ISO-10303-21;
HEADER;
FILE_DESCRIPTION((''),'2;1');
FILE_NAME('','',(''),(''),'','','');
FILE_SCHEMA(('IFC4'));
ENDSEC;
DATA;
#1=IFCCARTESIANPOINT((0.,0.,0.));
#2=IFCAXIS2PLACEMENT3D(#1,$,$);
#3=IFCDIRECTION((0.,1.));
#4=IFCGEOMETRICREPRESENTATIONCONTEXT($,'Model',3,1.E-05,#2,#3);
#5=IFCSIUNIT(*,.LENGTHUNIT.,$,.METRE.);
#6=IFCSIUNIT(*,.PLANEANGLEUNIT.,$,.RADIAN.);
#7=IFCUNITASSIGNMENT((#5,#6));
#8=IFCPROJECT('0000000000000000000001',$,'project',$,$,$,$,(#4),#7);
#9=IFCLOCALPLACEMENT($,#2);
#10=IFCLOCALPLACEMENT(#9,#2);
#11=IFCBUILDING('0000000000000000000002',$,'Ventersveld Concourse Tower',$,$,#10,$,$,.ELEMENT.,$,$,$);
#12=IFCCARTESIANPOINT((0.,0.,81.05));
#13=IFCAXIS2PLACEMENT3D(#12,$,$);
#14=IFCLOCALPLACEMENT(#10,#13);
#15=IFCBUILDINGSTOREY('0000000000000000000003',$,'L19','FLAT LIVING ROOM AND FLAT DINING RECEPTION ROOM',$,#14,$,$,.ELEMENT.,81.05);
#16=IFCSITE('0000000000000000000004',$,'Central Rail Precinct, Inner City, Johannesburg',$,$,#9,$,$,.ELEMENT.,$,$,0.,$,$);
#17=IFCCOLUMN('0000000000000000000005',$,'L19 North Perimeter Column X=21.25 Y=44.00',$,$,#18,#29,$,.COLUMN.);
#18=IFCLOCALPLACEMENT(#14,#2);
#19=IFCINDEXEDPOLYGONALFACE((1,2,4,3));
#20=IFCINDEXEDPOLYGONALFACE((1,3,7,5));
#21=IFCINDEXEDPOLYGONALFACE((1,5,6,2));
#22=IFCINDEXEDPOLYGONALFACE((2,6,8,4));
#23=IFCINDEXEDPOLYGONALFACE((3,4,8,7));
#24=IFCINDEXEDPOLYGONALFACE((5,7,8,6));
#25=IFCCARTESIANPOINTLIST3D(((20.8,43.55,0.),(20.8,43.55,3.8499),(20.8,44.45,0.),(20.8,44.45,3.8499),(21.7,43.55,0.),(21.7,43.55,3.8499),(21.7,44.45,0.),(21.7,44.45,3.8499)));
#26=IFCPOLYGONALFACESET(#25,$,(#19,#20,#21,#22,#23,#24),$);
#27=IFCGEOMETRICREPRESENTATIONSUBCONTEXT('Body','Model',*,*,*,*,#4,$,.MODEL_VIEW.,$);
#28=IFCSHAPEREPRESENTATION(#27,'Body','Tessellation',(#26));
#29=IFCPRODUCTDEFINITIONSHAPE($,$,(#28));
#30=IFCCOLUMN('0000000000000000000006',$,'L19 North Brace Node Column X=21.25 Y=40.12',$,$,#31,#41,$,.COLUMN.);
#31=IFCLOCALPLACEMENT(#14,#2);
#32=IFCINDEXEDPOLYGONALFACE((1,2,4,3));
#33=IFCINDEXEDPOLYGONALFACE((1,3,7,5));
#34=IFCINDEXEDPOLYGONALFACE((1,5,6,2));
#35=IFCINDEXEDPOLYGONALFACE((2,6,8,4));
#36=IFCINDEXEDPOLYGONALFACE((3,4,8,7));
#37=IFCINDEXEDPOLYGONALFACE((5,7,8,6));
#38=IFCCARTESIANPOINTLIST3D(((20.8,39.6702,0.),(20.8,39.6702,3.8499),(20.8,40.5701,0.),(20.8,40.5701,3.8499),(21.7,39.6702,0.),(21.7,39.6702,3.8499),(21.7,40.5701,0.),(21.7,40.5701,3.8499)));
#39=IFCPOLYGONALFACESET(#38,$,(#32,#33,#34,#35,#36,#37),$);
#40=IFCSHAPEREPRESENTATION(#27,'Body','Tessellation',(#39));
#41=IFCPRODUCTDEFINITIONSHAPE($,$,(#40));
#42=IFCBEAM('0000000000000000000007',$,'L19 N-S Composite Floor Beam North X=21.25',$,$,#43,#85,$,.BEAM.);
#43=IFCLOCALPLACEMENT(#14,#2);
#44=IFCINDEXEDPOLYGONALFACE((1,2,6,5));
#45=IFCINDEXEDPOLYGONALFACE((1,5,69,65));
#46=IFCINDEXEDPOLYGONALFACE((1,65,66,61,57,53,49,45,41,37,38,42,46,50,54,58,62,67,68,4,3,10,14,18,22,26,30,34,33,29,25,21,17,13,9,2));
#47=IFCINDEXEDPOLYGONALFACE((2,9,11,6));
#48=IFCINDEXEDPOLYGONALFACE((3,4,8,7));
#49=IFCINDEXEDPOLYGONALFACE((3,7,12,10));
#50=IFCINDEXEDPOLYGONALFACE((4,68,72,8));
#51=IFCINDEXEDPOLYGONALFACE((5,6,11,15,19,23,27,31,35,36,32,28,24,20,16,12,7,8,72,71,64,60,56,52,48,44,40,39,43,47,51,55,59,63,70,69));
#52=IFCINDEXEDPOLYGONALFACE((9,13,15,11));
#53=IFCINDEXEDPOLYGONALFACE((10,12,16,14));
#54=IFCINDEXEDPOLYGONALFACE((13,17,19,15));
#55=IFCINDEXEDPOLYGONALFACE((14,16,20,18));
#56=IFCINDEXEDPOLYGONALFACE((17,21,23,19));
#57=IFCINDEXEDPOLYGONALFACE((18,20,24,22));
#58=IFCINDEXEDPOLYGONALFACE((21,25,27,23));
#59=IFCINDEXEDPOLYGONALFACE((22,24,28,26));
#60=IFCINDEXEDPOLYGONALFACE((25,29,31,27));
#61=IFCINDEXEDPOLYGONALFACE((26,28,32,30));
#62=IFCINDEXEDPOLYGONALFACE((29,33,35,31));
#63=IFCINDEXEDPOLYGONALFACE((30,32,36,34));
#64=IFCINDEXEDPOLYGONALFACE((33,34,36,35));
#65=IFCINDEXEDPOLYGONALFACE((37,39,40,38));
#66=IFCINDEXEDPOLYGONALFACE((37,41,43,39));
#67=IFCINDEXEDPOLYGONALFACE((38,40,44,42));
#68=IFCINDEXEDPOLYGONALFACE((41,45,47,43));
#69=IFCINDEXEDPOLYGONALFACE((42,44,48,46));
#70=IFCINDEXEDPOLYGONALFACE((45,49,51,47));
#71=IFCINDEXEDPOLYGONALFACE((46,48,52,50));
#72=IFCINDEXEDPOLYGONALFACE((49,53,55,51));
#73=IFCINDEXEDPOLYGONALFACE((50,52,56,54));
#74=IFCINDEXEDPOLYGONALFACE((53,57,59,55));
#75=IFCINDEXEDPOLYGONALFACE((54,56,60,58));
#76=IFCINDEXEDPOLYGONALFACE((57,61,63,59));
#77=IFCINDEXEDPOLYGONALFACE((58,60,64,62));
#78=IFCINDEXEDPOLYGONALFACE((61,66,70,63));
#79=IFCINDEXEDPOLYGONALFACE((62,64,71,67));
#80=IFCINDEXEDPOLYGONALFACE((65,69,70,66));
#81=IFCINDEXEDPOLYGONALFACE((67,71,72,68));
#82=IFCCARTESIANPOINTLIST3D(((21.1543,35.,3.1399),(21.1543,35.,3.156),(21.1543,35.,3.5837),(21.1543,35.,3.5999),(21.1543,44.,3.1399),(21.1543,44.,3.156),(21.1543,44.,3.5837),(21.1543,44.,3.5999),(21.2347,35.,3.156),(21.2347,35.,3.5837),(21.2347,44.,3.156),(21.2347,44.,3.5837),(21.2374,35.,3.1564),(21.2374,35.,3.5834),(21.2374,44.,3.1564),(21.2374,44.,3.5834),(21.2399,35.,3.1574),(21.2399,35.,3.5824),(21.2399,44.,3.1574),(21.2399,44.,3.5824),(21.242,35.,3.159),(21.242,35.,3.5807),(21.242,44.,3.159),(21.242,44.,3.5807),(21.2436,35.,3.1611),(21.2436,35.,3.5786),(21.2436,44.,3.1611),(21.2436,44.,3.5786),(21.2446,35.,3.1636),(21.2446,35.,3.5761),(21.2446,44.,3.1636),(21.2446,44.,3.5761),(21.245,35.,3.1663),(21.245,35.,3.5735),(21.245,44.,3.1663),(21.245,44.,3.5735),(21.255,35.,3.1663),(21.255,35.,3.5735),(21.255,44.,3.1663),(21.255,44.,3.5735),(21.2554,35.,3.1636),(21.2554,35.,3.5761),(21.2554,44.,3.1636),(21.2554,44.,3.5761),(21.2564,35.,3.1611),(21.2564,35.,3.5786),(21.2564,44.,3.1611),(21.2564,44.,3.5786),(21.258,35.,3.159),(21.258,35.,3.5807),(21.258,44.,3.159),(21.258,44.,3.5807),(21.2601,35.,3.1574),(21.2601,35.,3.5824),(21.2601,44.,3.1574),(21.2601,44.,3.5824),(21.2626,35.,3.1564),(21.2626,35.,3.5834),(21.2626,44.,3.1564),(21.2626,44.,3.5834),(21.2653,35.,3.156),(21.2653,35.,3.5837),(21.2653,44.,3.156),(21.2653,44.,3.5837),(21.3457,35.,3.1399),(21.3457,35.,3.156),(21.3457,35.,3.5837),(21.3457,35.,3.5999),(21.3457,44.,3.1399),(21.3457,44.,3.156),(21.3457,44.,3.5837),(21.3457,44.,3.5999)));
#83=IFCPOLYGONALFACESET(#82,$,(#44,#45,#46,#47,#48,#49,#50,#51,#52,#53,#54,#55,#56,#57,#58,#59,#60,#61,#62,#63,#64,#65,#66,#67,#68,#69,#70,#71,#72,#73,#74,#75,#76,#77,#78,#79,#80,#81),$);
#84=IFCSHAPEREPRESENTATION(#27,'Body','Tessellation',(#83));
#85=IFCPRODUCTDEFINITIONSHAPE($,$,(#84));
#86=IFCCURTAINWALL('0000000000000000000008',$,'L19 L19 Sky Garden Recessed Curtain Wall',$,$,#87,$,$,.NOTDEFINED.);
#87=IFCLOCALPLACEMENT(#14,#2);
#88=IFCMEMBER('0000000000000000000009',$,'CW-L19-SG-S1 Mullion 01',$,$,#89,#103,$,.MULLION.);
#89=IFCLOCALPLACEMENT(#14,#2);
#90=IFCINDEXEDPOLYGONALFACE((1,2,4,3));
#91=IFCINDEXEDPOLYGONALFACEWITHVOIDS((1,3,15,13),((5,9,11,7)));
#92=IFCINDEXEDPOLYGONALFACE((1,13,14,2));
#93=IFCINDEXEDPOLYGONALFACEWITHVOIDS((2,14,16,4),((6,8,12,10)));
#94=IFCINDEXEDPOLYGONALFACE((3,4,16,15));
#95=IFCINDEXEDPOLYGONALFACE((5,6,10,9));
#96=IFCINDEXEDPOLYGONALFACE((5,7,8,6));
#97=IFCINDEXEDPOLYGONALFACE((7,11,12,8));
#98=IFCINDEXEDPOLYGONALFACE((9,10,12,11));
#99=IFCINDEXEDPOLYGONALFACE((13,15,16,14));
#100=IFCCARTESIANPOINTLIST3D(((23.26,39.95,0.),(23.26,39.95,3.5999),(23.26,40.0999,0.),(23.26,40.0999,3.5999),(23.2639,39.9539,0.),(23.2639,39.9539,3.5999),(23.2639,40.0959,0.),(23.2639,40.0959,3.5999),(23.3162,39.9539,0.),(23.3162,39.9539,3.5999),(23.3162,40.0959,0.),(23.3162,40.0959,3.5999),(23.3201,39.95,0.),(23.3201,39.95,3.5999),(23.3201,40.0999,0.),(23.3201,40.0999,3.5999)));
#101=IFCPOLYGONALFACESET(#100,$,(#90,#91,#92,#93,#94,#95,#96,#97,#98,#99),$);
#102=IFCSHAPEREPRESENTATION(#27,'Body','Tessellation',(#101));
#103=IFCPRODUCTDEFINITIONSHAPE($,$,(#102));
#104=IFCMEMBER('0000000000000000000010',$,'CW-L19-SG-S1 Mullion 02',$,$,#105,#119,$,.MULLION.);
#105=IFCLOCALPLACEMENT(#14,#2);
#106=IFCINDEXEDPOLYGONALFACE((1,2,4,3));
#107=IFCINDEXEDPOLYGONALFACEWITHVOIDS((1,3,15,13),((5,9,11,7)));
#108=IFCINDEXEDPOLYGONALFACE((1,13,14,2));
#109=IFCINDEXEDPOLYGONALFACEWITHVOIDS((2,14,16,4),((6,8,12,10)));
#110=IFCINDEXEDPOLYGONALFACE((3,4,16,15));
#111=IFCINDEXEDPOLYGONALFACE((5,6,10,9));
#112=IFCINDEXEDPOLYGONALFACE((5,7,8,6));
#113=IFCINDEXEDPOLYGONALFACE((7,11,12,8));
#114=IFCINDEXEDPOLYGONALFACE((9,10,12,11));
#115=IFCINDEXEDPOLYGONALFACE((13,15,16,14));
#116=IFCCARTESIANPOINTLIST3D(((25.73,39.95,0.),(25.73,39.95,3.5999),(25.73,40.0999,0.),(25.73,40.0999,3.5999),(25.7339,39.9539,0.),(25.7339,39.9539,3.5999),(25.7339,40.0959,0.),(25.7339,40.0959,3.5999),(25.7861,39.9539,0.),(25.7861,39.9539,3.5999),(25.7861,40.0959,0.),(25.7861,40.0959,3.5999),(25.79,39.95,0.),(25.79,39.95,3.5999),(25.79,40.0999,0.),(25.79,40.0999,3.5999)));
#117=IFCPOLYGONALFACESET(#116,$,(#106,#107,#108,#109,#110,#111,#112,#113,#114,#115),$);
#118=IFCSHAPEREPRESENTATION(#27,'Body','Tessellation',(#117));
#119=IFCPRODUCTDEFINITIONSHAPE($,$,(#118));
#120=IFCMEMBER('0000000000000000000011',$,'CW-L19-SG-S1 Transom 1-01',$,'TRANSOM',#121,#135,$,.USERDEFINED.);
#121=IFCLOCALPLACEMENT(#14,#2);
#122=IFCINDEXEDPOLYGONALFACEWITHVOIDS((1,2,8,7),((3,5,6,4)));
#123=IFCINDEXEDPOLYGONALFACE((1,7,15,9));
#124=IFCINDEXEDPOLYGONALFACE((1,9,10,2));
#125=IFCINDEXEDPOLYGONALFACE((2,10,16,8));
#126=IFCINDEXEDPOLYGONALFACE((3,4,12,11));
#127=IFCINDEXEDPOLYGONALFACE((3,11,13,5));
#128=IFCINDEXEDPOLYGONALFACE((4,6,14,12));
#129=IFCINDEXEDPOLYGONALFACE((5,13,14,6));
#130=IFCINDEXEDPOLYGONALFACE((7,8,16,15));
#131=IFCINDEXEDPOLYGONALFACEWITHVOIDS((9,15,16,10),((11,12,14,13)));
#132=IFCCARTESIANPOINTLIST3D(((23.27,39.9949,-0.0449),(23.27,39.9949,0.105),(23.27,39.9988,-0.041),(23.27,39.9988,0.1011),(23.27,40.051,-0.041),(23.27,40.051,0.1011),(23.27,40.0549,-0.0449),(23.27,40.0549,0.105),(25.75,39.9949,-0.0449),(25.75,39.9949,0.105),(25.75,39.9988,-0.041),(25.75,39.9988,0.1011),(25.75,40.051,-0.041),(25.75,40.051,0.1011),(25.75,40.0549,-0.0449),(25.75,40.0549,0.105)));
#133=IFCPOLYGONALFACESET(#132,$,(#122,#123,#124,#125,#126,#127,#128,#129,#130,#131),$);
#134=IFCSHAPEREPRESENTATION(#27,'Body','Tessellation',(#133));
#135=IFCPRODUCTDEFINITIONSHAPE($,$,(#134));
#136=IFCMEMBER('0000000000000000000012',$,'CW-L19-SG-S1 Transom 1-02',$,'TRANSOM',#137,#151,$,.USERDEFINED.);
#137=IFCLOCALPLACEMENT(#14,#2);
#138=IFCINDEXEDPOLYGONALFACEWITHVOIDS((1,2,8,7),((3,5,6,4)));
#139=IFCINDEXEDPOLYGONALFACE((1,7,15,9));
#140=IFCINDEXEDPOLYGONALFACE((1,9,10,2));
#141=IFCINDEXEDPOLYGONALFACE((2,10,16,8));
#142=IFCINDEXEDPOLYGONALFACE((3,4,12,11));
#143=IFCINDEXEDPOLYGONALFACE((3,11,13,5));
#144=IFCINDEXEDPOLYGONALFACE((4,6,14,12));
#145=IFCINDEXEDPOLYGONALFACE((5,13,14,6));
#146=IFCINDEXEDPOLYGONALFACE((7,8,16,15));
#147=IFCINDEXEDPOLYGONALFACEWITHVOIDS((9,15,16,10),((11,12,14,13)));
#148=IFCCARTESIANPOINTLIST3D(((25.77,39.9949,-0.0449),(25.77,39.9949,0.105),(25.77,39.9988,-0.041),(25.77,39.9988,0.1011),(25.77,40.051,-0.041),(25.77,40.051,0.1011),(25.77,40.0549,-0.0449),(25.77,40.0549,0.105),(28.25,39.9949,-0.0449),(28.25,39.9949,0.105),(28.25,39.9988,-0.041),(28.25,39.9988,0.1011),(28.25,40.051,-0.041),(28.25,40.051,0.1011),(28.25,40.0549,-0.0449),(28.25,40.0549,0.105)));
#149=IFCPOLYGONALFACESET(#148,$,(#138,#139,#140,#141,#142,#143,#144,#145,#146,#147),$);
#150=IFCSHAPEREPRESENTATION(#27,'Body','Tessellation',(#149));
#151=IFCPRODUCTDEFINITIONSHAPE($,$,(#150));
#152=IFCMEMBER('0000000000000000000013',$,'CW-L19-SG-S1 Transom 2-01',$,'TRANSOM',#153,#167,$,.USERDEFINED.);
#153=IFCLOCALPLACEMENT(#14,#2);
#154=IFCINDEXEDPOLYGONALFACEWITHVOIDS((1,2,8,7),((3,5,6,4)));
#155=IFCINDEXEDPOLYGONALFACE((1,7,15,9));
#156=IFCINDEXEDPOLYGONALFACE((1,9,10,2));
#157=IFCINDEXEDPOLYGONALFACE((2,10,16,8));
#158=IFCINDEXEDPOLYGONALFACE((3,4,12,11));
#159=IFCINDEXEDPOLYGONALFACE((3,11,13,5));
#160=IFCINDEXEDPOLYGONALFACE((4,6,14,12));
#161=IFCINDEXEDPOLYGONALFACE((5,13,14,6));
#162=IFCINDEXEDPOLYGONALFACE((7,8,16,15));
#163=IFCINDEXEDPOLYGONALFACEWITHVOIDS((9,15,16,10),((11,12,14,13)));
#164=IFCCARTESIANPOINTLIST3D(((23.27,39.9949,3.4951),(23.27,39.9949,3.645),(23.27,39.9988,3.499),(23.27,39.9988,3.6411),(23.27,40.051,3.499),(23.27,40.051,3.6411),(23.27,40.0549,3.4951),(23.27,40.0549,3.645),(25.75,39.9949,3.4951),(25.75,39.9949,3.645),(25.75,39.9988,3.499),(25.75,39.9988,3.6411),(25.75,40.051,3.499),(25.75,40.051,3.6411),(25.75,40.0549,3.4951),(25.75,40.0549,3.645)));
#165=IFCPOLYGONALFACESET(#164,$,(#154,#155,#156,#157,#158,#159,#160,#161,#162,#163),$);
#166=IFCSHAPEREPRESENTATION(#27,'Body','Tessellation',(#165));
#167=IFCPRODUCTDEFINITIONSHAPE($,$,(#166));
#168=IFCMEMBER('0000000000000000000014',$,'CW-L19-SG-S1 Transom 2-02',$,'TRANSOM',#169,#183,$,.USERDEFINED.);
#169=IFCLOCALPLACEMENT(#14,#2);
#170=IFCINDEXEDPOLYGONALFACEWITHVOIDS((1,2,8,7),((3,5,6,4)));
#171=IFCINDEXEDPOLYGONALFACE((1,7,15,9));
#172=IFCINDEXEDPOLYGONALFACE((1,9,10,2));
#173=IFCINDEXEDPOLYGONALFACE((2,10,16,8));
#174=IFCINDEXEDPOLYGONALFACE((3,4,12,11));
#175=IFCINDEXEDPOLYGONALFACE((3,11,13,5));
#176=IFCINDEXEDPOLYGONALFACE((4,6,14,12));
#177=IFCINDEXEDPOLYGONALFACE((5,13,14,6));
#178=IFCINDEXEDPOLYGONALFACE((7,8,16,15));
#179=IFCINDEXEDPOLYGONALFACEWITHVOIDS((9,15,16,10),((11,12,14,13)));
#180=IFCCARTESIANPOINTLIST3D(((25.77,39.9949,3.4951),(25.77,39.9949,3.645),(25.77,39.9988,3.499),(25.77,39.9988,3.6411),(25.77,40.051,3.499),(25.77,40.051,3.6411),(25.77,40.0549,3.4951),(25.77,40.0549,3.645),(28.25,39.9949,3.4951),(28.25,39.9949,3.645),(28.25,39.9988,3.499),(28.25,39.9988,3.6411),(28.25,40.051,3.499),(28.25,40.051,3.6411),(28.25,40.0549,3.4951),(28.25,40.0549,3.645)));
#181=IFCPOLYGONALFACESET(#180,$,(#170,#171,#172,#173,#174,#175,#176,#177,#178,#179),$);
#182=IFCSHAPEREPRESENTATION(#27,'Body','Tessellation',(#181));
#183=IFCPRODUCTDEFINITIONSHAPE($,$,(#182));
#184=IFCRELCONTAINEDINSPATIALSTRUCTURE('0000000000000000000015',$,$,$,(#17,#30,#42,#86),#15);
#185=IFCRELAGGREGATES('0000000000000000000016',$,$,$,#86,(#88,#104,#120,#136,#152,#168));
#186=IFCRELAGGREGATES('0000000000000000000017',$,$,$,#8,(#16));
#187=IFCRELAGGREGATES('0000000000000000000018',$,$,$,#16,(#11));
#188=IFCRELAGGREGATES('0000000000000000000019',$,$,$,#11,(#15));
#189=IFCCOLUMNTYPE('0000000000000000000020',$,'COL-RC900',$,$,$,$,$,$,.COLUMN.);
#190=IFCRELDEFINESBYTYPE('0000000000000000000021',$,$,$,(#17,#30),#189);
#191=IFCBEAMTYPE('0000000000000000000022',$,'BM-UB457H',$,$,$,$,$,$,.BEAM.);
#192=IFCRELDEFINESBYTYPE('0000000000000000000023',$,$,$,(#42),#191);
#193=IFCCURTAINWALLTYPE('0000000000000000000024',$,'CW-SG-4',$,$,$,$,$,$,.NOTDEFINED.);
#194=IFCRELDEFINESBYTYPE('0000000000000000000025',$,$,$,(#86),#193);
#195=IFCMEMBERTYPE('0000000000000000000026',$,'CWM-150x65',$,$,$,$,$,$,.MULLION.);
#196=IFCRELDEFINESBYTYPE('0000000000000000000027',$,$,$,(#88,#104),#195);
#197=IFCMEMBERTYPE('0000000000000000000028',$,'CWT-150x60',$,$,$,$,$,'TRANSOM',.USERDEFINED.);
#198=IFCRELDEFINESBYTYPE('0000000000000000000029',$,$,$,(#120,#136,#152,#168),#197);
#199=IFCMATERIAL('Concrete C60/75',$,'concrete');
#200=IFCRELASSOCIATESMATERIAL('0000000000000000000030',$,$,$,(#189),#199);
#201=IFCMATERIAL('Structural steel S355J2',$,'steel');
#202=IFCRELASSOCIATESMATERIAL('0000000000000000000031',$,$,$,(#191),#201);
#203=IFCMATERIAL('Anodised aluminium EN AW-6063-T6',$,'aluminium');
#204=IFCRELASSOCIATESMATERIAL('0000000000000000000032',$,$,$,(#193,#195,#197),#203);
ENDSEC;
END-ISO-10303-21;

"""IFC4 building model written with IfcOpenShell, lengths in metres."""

from ifc_helpers import new_model, si_unit, direction, frame, origin, origin_2d, place, context, subcontext, project, spatial, rectangle, hollow_rectangle, i_section, extrude, material, material_profile, profile_set, type_object, element, aggregate, save


model = new_model("IFC4")

# Units and contexts
model_context = context("Model", 3, precision=1e-05, world=origin(), true_north=direction((0.0, 1.0)))
body_context = subcontext(model_context, "Body", "Model", "MODEL_VIEW")
ifc_project = project(units=[si_unit("LENGTHUNIT", "METRE"), si_unit("PLANEANGLEUNIT", "RADIAN")], contexts=[model_context])

# Site, building, storey
site_placement = place(None, origin())
site = spatial("IfcSite", under=ifc_project, at=site_placement, Name="Central Rail Precinct, Inner City, Johannesburg", CompositionType="ELEMENT", RefElevation=0.0)
building_placement = place(site_placement, origin())
building = spatial("IfcBuilding", under=site, at=building_placement, Name="Ventersveld Concourse Tower", CompositionType="ELEMENT")
storey_placement = place(building_placement, frame((0.0, 0.0, 81.05)))
storey = spatial("IfcBuildingStorey", under=building, at=storey_placement, Name="L19", Description="FLAT LIVING ROOM AND FLAT DINING RECEPTION ROOM", CompositionType="ELEMENT", Elevation=81.05)

# Columns
ifc_material_1 = material(Name="Concrete C60/75", Category="concrete")
ifc_material_profile_1 = material_profile(ifc_material_1, rectangle(XDim=0.8999, YDim=0.8999, at=origin_2d()), Name="RC 900x900")
ifc_profile_set_1 = profile_set([ifc_material_profile_1], Name="Concrete C60/75")
column_type = type_object("IfcColumnType", Name="COL-RC900", PredefinedType="COLUMN", material=ifc_profile_set_1)
for number, where, z_axis, x_axis, name in (
    (1, (21.25, 44.0, 0.0), (0.0, 0.0, 1.0), (1.0, 0.0, 0.0), "L19 North Perimeter Column X=21.25 Y=44.00"),
    (2, (21.25, 40.1201, 0.0), (0.0, 0.0, 1.0), (1.0, 0.0, 0.0), "L19 North Brace Node Column X=21.25 Y=40.12"),
):
    element("IfcColumn", number, at=place(storey_placement, frame(where, z_axis=z_axis, x_axis=x_axis)), inside=storey, type_object=column_type, Name=name, PredefinedType="COLUMN", context=body_context, shape_type="SweptSolid", body=[
        extrude(rectangle(XDim=0.8999, YDim=0.8999, at=origin_2d()), origin(), (0.0, 0.0, 1.0), 3.8499),
    ])

# Beam
ifc_material_2 = material(Name="Structural steel S355J2", Category="steel")
ifc_material_profile_2 = material_profile(ifc_material_2, i_section(OverallWidth=0.1914, OverallDepth=0.46, WebThickness=0.01, FlangeThickness=0.0161, FilletRadius=0.0103, at=origin_2d()), Name="UB 457x191x82")
ifc_profile_set_2 = profile_set([ifc_material_profile_2], Name="Structural steel S355J2")
beam_type_1 = type_object("IfcBeamType", Name="BM-UB457H", PredefinedType="BEAM", material=ifc_profile_set_2)
beam_1_placement = place(storey_placement, frame((21.25, 35.0, 3.3699), z_axis=(0.0, 1.0, 0.0), x_axis=(-1.0, 0.0, 0.0)))
element("IfcBeam", 3, at=beam_1_placement, inside=storey, type_object=beam_type_1, Name="L19 N-S Composite Floor Beam North X=21.25", PredefinedType="BEAM", context=body_context, shape_type="SweptSolid", body=[
    extrude(i_section(OverallWidth=0.1914, OverallDepth=0.46, WebThickness=0.01, FlangeThickness=0.0161, FilletRadius=0.0103, at=origin_2d()), origin(), (0.0, 0.0, 1.0), 9.0),
])

# Curtain wall, members
ifc_material_3 = material(Name="Anodised aluminium EN AW-6063-T6", Category="aluminium")
curtain_wall_type = type_object("IfcCurtainWallType", Name="CW-SG-4", PredefinedType="NOTDEFINED", material=ifc_material_3)
curtain_wall_placement = place(storey_placement, origin())
curtain_wall = element("IfcCurtainWall", 4, at=curtain_wall_placement, inside=storey, type_object=curtain_wall_type, Name="L19 L19 Sky Garden Recessed Curtain Wall", PredefinedType="NOTDEFINED")
ifc_material_profile_3 = material_profile(ifc_material_3, hollow_rectangle(XDim=0.0601, YDim=0.1499, WallThickness=0.0039, at=origin_2d()), Name="ALU 150x60x4")
ifc_profile_set_3 = profile_set([ifc_material_profile_3], Name="Anodised aluminium EN AW-6063-T6")
member_type_1 = type_object("IfcMemberType", Name="CWM-150x65", PredefinedType="MULLION", material=ifc_profile_set_3)
member_1_placement = place(storey_placement, frame((23.29, 40.0249, 0.0), z_axis=(0.0, 0.0, 1.0), x_axis=(1.0, 0.0, 0.0)))
member_1 = element("IfcMember", 5, at=member_1_placement, type_object=member_type_1, Name="CW-L19-SG-S1 Mullion 01", PredefinedType="MULLION", context=body_context, shape_type="SweptSolid", body=[
    extrude(hollow_rectangle(XDim=0.0601, YDim=0.1499, WallThickness=0.0039, at=origin_2d()), origin(), (0.0, 0.0, 1.0), 3.5999),
])
member_2_placement = place(storey_placement, frame((25.76, 40.0249, 0.0), z_axis=(0.0, 0.0, 1.0), x_axis=(1.0, 0.0, 0.0)))
member_2 = element("IfcMember", 6, at=member_2_placement, type_object=member_type_1, Name="CW-L19-SG-S1 Mullion 02", PredefinedType="MULLION", context=body_context, shape_type="SweptSolid", body=[
    extrude(hollow_rectangle(XDim=0.0601, YDim=0.1499, WallThickness=0.0039, at=origin_2d()), origin(), (0.0, 0.0, 1.0), 3.5999),
])
ifc_material_profile_4 = material_profile(ifc_material_3, hollow_rectangle(XDim=0.0601, YDim=0.1499, WallThickness=0.0039, at=origin_2d()), Name="ALU 150x60x4")
ifc_profile_set_4 = profile_set([ifc_material_profile_4], Name="Anodised aluminium EN AW-6063-T6")
member_type_2 = type_object("IfcMemberType", Name="CWT-150x60", ElementType="TRANSOM", PredefinedType="USERDEFINED", material=ifc_profile_set_4)
member_3_placement = place(storey_placement, frame((23.27, 40.0249, 0.03), z_axis=(1.0, 0.0, 0.0), x_axis=(0.0, 1.0, 0.0)))
member_3 = element("IfcMember", 7, at=member_3_placement, type_object=member_type_2, Name="CW-L19-SG-S1 Transom 1-01", ObjectType="TRANSOM", PredefinedType="USERDEFINED", context=body_context, shape_type="SweptSolid", body=[
    extrude(hollow_rectangle(XDim=0.0601, YDim=0.1499, WallThickness=0.0039, at=origin_2d()), origin(), (0.0, 0.0, 1.0), 2.48),
])
member_4_placement = place(storey_placement, frame((25.77, 40.0249, 0.03), z_axis=(1.0, 0.0, 0.0), x_axis=(0.0, 1.0, 0.0)))
member_4 = element("IfcMember", 8, at=member_4_placement, type_object=member_type_2, Name="CW-L19-SG-S1 Transom 1-02", ObjectType="TRANSOM", PredefinedType="USERDEFINED", context=body_context, shape_type="SweptSolid", body=[
    extrude(hollow_rectangle(XDim=0.0601, YDim=0.1499, WallThickness=0.0039, at=origin_2d()), origin(), (0.0, 0.0, 1.0), 2.48),
])
member_5_placement = place(storey_placement, frame((23.27, 40.0249, 3.5701), z_axis=(1.0, 0.0, 0.0), x_axis=(0.0, 1.0, 0.0)))
member_5 = element("IfcMember", 9, at=member_5_placement, type_object=member_type_2, Name="CW-L19-SG-S1 Transom 2-01", ObjectType="TRANSOM", PredefinedType="USERDEFINED", context=body_context, shape_type="SweptSolid", body=[
    extrude(hollow_rectangle(XDim=0.0601, YDim=0.1499, WallThickness=0.0039, at=origin_2d()), origin(), (0.0, 0.0, 1.0), 2.48),
])
member_6_placement = place(storey_placement, frame((25.77, 40.0249, 3.5701), z_axis=(1.0, 0.0, 0.0), x_axis=(0.0, 1.0, 0.0)))
member_6 = element("IfcMember", 10, at=member_6_placement, type_object=member_type_2, Name="CW-L19-SG-S1 Transom 2-02", ObjectType="TRANSOM", PredefinedType="USERDEFINED", context=body_context, shape_type="SweptSolid", body=[
    extrude(hollow_rectangle(XDim=0.0601, YDim=0.1499, WallThickness=0.0039, at=origin_2d()), origin(), (0.0, 0.0, 1.0), 2.48),
])

aggregate(curtain_wall, [member_1, member_2, member_3, member_4, member_5, member_6])

save(model, "model.ifc")
